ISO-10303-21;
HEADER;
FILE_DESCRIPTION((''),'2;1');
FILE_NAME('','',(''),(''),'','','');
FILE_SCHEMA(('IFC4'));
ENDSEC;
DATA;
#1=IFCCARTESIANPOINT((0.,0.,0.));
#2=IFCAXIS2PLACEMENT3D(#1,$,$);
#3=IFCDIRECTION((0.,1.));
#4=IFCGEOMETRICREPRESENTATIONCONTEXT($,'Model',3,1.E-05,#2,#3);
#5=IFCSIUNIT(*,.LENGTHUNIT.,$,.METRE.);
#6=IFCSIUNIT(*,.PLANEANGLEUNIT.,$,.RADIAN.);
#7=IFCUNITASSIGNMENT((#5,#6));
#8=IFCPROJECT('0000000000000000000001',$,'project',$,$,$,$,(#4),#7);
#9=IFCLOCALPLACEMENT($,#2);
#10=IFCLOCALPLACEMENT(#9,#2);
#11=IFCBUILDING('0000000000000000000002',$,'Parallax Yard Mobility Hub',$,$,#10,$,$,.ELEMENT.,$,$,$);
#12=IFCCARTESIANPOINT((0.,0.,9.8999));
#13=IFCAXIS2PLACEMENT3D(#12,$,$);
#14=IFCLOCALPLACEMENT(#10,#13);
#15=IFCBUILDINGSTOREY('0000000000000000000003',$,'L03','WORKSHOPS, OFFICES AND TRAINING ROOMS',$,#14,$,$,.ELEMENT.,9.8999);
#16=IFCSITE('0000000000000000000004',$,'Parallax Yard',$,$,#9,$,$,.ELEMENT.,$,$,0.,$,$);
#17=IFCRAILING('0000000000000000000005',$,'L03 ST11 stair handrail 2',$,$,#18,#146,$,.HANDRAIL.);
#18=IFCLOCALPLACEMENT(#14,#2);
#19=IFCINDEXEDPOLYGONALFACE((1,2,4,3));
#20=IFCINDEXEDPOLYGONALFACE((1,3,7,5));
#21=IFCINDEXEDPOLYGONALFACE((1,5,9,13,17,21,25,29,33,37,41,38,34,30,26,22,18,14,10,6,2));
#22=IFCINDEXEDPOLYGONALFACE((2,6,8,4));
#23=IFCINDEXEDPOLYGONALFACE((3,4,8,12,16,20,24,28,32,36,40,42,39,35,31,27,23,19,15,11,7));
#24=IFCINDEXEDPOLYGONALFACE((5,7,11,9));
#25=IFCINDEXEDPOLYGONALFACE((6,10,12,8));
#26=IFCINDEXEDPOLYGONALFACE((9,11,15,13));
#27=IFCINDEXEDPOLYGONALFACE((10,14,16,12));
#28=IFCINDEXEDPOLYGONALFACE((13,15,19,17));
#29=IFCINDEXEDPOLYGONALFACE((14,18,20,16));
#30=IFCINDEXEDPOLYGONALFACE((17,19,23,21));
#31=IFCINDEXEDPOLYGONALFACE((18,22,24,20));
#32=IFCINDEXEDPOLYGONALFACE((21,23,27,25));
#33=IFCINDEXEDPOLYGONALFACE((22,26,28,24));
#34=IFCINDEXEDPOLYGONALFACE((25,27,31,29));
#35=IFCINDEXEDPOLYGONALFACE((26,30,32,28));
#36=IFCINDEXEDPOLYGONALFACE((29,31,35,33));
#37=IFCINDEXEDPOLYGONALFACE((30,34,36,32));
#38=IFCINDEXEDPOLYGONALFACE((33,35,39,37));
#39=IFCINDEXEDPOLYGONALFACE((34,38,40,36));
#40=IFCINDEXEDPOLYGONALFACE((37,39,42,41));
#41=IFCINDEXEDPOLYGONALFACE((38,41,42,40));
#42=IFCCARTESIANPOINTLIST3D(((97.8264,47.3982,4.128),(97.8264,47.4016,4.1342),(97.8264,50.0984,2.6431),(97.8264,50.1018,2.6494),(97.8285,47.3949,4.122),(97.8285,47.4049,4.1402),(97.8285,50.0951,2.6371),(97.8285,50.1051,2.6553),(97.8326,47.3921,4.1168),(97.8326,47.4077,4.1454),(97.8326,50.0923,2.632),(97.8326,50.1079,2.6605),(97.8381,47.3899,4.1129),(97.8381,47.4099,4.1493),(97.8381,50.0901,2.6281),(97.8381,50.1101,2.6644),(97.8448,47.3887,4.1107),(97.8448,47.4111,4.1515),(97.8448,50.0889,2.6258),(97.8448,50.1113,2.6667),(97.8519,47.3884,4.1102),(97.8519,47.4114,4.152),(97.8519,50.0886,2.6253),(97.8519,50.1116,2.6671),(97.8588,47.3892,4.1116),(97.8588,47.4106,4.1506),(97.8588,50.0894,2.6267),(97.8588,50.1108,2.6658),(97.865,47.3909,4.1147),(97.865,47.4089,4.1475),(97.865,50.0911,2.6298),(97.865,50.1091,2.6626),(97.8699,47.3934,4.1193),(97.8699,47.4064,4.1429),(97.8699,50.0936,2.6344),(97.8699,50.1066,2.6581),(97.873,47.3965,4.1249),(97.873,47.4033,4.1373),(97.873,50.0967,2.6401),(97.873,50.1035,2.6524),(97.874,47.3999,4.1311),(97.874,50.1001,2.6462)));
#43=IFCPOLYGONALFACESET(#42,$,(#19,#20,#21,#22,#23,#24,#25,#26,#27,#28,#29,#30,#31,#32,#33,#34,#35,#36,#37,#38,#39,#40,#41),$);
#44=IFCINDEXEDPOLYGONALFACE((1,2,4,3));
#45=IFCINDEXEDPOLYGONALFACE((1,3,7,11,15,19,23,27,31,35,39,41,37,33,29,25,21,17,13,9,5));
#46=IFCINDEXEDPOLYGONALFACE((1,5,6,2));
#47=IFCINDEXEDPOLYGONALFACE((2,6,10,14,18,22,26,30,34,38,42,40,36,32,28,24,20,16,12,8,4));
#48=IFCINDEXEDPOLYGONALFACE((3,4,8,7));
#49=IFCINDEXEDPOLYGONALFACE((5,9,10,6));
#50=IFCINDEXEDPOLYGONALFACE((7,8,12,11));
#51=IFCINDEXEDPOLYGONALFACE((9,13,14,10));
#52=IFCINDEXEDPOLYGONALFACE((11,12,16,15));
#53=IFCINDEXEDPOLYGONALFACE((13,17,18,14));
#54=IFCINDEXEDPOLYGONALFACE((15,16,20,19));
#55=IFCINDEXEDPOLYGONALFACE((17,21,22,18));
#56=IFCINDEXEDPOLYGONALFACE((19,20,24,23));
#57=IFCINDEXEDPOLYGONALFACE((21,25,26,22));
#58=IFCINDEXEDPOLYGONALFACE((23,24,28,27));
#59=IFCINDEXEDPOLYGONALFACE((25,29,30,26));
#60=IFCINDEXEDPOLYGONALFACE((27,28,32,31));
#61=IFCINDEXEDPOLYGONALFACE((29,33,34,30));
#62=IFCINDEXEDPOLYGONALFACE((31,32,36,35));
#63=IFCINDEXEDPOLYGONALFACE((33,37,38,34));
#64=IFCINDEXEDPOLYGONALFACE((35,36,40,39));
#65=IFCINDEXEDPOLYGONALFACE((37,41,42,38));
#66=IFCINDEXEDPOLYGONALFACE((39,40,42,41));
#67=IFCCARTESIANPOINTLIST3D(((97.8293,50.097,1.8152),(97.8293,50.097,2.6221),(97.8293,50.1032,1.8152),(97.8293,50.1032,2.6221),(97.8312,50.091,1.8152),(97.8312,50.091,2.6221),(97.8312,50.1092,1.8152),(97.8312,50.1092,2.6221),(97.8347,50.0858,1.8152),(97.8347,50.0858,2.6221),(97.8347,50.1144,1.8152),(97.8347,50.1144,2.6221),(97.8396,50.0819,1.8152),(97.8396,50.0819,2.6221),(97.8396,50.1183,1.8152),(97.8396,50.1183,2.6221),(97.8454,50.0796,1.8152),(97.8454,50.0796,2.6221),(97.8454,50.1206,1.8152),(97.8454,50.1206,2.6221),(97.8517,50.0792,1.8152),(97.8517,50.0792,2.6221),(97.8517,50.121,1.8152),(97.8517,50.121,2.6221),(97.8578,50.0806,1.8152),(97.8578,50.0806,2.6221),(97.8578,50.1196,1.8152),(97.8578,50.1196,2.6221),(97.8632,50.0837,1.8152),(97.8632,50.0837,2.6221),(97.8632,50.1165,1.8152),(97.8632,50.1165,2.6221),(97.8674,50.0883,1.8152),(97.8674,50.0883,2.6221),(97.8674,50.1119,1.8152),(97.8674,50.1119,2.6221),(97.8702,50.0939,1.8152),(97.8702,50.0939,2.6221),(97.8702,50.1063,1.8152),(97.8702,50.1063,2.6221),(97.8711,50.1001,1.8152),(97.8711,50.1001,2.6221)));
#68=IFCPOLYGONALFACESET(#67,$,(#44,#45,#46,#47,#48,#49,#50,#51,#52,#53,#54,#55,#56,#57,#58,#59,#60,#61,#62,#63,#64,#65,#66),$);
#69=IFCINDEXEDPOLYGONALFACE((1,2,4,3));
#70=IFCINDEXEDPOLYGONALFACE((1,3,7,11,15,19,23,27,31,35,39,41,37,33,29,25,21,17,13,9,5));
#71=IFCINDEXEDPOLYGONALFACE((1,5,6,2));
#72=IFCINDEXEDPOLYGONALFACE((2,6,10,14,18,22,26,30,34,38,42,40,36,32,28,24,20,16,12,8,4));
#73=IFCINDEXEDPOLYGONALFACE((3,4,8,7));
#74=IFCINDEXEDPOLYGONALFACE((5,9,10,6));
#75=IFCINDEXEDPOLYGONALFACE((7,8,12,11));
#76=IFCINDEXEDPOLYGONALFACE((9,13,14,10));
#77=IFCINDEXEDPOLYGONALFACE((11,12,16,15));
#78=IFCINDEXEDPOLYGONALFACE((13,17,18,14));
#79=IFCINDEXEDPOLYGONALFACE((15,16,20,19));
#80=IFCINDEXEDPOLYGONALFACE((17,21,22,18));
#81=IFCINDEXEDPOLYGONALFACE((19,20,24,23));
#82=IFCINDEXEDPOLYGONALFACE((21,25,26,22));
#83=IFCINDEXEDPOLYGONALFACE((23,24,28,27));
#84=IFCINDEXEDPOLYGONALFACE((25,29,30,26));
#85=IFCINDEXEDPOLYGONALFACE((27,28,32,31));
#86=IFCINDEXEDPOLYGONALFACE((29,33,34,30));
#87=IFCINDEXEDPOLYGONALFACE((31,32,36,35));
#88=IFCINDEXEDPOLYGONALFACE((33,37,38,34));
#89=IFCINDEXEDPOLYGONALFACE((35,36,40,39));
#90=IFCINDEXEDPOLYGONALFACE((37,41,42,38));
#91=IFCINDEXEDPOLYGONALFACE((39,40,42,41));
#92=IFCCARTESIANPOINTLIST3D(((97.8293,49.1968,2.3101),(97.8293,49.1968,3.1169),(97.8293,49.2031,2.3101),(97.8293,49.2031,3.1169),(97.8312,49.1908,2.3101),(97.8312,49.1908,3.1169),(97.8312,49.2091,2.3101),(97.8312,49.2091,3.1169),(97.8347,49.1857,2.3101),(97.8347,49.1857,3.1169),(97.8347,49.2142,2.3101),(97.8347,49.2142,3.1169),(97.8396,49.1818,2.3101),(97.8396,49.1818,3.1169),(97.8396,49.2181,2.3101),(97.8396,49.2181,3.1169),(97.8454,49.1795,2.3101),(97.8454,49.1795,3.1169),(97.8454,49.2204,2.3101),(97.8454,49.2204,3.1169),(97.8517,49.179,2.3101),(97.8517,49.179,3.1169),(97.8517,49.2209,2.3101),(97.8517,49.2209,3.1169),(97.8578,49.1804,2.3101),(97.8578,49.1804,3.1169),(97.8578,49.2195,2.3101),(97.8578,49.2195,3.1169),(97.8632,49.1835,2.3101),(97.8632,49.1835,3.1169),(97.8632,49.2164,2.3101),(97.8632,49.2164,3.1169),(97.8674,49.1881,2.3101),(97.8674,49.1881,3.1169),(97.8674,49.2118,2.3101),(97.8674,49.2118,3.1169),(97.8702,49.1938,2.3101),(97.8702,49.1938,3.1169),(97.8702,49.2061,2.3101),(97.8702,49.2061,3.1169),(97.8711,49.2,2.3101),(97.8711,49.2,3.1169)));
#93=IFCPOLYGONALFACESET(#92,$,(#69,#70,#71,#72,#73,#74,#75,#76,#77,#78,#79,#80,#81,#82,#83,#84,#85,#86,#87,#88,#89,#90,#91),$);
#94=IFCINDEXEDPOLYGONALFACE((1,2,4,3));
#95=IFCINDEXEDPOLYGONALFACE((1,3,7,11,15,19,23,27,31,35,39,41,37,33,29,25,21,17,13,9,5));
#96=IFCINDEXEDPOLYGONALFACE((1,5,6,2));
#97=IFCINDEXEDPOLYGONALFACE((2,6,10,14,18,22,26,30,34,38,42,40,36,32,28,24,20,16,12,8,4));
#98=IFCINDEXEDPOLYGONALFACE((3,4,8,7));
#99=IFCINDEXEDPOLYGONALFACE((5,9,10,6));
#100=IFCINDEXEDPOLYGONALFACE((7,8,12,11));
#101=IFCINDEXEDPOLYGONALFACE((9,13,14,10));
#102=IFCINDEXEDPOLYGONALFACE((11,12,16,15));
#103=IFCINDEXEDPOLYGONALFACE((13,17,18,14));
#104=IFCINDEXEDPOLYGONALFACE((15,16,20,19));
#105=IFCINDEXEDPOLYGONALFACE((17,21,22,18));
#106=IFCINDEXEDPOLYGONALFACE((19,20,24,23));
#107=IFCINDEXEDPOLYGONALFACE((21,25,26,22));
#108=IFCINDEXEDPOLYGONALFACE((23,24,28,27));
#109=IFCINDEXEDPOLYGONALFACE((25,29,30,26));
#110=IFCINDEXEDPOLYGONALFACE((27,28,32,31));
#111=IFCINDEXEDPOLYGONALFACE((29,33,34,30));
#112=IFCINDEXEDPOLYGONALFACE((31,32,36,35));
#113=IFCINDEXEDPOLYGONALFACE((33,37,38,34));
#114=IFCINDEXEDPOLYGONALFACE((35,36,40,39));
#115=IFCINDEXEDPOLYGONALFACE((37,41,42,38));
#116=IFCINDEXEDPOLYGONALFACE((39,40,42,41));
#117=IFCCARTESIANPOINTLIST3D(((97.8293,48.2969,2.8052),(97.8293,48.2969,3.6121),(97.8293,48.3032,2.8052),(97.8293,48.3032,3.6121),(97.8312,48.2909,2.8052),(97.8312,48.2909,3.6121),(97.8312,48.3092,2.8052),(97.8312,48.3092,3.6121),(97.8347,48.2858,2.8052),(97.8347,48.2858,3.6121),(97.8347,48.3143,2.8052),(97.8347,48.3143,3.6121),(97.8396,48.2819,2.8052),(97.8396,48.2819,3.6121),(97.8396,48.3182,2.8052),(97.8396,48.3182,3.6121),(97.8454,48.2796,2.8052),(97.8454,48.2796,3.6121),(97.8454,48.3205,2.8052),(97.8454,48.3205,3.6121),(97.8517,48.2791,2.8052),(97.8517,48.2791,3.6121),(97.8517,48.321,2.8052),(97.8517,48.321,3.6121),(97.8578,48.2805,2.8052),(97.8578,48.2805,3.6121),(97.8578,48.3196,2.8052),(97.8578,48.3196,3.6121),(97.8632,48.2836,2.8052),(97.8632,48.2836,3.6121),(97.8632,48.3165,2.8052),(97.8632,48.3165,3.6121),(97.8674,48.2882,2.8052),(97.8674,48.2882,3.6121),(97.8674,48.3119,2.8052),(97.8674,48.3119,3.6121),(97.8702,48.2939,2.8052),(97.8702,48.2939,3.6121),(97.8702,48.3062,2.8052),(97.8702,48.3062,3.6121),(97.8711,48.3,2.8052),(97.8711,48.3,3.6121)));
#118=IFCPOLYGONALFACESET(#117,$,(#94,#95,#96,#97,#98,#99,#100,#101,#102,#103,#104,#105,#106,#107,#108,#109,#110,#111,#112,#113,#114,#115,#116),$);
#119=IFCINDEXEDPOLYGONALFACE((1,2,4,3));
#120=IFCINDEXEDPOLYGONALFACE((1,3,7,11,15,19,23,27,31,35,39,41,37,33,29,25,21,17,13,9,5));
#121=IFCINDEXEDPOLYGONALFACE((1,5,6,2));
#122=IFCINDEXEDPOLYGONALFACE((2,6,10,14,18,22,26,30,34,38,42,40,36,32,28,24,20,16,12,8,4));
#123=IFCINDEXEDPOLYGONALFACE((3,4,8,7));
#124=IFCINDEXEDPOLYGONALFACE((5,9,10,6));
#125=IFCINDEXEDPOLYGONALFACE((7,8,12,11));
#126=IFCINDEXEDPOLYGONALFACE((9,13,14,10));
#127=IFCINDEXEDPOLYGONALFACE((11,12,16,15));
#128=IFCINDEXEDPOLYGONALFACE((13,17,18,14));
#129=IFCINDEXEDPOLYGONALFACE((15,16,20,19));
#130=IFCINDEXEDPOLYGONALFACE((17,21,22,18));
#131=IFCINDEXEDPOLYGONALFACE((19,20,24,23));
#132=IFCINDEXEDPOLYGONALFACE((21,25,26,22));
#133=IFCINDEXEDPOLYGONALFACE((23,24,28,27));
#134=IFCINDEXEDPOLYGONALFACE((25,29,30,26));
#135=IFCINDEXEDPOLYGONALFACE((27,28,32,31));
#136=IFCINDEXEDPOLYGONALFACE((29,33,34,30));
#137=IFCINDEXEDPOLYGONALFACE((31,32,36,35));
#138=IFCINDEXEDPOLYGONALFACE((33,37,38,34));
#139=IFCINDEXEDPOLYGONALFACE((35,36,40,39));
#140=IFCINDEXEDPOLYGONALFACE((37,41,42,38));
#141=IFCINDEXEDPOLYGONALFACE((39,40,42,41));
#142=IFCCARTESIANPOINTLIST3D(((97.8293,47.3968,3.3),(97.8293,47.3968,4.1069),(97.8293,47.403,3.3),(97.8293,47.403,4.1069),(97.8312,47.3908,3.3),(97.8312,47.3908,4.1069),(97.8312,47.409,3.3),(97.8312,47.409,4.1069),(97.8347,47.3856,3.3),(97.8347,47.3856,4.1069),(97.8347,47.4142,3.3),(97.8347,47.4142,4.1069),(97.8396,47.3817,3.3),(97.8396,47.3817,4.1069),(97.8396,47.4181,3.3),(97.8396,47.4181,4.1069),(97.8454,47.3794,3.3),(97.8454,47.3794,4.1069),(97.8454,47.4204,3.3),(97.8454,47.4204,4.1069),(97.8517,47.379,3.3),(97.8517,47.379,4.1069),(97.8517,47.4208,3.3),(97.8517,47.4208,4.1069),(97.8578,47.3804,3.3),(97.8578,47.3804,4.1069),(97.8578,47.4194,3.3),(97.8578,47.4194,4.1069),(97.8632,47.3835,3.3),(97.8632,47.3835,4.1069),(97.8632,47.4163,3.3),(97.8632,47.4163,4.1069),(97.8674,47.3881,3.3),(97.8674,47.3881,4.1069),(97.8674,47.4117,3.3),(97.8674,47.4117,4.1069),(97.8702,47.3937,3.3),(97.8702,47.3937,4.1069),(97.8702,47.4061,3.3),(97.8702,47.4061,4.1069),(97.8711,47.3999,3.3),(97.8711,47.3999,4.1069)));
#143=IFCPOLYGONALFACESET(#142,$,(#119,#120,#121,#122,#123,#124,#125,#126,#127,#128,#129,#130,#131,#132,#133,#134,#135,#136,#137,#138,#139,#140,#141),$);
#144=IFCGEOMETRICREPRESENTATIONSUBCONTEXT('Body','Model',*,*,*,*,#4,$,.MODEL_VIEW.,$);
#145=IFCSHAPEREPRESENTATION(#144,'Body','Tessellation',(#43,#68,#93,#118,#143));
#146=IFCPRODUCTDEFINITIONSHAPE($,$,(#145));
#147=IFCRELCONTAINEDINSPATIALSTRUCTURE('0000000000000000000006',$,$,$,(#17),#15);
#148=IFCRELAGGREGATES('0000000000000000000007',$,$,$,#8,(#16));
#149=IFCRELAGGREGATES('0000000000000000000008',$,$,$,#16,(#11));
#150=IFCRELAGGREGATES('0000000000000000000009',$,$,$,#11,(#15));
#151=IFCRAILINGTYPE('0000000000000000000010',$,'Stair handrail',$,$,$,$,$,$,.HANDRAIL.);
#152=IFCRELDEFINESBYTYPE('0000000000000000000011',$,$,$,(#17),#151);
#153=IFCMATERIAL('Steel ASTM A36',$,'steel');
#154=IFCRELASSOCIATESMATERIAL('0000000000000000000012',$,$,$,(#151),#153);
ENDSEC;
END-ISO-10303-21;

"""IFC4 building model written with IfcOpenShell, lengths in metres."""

from ifc_helpers import new_model, si_unit, direction, frame, origin, origin_2d, place, context, subcontext, project, spatial, circle, extrude, material, type_object, element, save


model = new_model("IFC4")

# Units and contexts
model_context = context("Model", 3, precision=1e-05, world=origin(), true_north=direction((0.0, 1.0)))
body_context = subcontext(model_context, "Body", "Model", "MODEL_VIEW")
ifc_project = project(units=[si_unit("LENGTHUNIT", "METRE"), si_unit("PLANEANGLEUNIT", "RADIAN")], contexts=[model_context])

# Site, building, storey
site_placement = place(None, origin())
site = spatial("IfcSite", under=ifc_project, at=site_placement, Name="Parallax Yard", CompositionType="ELEMENT", RefElevation=0.0)
building_placement = place(site_placement, origin())
building = spatial("IfcBuilding", under=site, at=building_placement, Name="Parallax Yard Mobility Hub", CompositionType="ELEMENT")
storey_placement = place(building_placement, frame((0.0, 0.0, 9.8999)))
storey = spatial("IfcBuildingStorey", under=building, at=storey_placement, Name="L03", Description="WORKSHOPS, OFFICES AND TRAINING ROOMS", CompositionType="ELEMENT", Elevation=9.8999)

# Railing
ifc_material_1 = material(Name="Steel ASTM A36", Category="steel")
railing_type_1 = type_object("IfcRailingType", Name="Stair handrail", PredefinedType="HANDRAIL", material=ifc_material_1)
for number, where, name in (
    (1, (97.8501, 50.1001, 1.8152), "L03 ST11 stair handrail 2"),
):
    element("IfcRailing", number, at=place(storey_placement, frame(where)), inside=storey, type_object=railing_type_1, Name=name, PredefinedType="HANDRAIL", context=body_context, shape_type="SweptSolid", body=[
        extrude(circle(Radius=0.0239, at=origin_2d()), frame((0.0, 0.0, 0.8311), z_axis=(0.0, -0.876249, 0.481858), x_axis=(1.0, 0.0, 0.0)), (0.0, 0.0, 1.0), 3.0815),
        extrude(circle(Radius=0.021, at=origin_2d()), origin(), (0.0, 0.0, 1.0), 0.8069),
        extrude(circle(Radius=0.021, at=origin_2d()), frame((0.0, -0.9001, 0.4949)), (0.0, 0.0, 1.0), 0.8069),
        extrude(circle(Radius=0.021, at=origin_2d()), frame((0.0, -1.8, 0.99)), (0.0, 0.0, 1.0), 0.8069),
        extrude(circle(Radius=0.021, at=origin_2d()), frame((0.0, -2.7002, 1.4849)), (0.0, 0.0, 1.0), 0.8069),
    ])

save(model, "model.ifc")
